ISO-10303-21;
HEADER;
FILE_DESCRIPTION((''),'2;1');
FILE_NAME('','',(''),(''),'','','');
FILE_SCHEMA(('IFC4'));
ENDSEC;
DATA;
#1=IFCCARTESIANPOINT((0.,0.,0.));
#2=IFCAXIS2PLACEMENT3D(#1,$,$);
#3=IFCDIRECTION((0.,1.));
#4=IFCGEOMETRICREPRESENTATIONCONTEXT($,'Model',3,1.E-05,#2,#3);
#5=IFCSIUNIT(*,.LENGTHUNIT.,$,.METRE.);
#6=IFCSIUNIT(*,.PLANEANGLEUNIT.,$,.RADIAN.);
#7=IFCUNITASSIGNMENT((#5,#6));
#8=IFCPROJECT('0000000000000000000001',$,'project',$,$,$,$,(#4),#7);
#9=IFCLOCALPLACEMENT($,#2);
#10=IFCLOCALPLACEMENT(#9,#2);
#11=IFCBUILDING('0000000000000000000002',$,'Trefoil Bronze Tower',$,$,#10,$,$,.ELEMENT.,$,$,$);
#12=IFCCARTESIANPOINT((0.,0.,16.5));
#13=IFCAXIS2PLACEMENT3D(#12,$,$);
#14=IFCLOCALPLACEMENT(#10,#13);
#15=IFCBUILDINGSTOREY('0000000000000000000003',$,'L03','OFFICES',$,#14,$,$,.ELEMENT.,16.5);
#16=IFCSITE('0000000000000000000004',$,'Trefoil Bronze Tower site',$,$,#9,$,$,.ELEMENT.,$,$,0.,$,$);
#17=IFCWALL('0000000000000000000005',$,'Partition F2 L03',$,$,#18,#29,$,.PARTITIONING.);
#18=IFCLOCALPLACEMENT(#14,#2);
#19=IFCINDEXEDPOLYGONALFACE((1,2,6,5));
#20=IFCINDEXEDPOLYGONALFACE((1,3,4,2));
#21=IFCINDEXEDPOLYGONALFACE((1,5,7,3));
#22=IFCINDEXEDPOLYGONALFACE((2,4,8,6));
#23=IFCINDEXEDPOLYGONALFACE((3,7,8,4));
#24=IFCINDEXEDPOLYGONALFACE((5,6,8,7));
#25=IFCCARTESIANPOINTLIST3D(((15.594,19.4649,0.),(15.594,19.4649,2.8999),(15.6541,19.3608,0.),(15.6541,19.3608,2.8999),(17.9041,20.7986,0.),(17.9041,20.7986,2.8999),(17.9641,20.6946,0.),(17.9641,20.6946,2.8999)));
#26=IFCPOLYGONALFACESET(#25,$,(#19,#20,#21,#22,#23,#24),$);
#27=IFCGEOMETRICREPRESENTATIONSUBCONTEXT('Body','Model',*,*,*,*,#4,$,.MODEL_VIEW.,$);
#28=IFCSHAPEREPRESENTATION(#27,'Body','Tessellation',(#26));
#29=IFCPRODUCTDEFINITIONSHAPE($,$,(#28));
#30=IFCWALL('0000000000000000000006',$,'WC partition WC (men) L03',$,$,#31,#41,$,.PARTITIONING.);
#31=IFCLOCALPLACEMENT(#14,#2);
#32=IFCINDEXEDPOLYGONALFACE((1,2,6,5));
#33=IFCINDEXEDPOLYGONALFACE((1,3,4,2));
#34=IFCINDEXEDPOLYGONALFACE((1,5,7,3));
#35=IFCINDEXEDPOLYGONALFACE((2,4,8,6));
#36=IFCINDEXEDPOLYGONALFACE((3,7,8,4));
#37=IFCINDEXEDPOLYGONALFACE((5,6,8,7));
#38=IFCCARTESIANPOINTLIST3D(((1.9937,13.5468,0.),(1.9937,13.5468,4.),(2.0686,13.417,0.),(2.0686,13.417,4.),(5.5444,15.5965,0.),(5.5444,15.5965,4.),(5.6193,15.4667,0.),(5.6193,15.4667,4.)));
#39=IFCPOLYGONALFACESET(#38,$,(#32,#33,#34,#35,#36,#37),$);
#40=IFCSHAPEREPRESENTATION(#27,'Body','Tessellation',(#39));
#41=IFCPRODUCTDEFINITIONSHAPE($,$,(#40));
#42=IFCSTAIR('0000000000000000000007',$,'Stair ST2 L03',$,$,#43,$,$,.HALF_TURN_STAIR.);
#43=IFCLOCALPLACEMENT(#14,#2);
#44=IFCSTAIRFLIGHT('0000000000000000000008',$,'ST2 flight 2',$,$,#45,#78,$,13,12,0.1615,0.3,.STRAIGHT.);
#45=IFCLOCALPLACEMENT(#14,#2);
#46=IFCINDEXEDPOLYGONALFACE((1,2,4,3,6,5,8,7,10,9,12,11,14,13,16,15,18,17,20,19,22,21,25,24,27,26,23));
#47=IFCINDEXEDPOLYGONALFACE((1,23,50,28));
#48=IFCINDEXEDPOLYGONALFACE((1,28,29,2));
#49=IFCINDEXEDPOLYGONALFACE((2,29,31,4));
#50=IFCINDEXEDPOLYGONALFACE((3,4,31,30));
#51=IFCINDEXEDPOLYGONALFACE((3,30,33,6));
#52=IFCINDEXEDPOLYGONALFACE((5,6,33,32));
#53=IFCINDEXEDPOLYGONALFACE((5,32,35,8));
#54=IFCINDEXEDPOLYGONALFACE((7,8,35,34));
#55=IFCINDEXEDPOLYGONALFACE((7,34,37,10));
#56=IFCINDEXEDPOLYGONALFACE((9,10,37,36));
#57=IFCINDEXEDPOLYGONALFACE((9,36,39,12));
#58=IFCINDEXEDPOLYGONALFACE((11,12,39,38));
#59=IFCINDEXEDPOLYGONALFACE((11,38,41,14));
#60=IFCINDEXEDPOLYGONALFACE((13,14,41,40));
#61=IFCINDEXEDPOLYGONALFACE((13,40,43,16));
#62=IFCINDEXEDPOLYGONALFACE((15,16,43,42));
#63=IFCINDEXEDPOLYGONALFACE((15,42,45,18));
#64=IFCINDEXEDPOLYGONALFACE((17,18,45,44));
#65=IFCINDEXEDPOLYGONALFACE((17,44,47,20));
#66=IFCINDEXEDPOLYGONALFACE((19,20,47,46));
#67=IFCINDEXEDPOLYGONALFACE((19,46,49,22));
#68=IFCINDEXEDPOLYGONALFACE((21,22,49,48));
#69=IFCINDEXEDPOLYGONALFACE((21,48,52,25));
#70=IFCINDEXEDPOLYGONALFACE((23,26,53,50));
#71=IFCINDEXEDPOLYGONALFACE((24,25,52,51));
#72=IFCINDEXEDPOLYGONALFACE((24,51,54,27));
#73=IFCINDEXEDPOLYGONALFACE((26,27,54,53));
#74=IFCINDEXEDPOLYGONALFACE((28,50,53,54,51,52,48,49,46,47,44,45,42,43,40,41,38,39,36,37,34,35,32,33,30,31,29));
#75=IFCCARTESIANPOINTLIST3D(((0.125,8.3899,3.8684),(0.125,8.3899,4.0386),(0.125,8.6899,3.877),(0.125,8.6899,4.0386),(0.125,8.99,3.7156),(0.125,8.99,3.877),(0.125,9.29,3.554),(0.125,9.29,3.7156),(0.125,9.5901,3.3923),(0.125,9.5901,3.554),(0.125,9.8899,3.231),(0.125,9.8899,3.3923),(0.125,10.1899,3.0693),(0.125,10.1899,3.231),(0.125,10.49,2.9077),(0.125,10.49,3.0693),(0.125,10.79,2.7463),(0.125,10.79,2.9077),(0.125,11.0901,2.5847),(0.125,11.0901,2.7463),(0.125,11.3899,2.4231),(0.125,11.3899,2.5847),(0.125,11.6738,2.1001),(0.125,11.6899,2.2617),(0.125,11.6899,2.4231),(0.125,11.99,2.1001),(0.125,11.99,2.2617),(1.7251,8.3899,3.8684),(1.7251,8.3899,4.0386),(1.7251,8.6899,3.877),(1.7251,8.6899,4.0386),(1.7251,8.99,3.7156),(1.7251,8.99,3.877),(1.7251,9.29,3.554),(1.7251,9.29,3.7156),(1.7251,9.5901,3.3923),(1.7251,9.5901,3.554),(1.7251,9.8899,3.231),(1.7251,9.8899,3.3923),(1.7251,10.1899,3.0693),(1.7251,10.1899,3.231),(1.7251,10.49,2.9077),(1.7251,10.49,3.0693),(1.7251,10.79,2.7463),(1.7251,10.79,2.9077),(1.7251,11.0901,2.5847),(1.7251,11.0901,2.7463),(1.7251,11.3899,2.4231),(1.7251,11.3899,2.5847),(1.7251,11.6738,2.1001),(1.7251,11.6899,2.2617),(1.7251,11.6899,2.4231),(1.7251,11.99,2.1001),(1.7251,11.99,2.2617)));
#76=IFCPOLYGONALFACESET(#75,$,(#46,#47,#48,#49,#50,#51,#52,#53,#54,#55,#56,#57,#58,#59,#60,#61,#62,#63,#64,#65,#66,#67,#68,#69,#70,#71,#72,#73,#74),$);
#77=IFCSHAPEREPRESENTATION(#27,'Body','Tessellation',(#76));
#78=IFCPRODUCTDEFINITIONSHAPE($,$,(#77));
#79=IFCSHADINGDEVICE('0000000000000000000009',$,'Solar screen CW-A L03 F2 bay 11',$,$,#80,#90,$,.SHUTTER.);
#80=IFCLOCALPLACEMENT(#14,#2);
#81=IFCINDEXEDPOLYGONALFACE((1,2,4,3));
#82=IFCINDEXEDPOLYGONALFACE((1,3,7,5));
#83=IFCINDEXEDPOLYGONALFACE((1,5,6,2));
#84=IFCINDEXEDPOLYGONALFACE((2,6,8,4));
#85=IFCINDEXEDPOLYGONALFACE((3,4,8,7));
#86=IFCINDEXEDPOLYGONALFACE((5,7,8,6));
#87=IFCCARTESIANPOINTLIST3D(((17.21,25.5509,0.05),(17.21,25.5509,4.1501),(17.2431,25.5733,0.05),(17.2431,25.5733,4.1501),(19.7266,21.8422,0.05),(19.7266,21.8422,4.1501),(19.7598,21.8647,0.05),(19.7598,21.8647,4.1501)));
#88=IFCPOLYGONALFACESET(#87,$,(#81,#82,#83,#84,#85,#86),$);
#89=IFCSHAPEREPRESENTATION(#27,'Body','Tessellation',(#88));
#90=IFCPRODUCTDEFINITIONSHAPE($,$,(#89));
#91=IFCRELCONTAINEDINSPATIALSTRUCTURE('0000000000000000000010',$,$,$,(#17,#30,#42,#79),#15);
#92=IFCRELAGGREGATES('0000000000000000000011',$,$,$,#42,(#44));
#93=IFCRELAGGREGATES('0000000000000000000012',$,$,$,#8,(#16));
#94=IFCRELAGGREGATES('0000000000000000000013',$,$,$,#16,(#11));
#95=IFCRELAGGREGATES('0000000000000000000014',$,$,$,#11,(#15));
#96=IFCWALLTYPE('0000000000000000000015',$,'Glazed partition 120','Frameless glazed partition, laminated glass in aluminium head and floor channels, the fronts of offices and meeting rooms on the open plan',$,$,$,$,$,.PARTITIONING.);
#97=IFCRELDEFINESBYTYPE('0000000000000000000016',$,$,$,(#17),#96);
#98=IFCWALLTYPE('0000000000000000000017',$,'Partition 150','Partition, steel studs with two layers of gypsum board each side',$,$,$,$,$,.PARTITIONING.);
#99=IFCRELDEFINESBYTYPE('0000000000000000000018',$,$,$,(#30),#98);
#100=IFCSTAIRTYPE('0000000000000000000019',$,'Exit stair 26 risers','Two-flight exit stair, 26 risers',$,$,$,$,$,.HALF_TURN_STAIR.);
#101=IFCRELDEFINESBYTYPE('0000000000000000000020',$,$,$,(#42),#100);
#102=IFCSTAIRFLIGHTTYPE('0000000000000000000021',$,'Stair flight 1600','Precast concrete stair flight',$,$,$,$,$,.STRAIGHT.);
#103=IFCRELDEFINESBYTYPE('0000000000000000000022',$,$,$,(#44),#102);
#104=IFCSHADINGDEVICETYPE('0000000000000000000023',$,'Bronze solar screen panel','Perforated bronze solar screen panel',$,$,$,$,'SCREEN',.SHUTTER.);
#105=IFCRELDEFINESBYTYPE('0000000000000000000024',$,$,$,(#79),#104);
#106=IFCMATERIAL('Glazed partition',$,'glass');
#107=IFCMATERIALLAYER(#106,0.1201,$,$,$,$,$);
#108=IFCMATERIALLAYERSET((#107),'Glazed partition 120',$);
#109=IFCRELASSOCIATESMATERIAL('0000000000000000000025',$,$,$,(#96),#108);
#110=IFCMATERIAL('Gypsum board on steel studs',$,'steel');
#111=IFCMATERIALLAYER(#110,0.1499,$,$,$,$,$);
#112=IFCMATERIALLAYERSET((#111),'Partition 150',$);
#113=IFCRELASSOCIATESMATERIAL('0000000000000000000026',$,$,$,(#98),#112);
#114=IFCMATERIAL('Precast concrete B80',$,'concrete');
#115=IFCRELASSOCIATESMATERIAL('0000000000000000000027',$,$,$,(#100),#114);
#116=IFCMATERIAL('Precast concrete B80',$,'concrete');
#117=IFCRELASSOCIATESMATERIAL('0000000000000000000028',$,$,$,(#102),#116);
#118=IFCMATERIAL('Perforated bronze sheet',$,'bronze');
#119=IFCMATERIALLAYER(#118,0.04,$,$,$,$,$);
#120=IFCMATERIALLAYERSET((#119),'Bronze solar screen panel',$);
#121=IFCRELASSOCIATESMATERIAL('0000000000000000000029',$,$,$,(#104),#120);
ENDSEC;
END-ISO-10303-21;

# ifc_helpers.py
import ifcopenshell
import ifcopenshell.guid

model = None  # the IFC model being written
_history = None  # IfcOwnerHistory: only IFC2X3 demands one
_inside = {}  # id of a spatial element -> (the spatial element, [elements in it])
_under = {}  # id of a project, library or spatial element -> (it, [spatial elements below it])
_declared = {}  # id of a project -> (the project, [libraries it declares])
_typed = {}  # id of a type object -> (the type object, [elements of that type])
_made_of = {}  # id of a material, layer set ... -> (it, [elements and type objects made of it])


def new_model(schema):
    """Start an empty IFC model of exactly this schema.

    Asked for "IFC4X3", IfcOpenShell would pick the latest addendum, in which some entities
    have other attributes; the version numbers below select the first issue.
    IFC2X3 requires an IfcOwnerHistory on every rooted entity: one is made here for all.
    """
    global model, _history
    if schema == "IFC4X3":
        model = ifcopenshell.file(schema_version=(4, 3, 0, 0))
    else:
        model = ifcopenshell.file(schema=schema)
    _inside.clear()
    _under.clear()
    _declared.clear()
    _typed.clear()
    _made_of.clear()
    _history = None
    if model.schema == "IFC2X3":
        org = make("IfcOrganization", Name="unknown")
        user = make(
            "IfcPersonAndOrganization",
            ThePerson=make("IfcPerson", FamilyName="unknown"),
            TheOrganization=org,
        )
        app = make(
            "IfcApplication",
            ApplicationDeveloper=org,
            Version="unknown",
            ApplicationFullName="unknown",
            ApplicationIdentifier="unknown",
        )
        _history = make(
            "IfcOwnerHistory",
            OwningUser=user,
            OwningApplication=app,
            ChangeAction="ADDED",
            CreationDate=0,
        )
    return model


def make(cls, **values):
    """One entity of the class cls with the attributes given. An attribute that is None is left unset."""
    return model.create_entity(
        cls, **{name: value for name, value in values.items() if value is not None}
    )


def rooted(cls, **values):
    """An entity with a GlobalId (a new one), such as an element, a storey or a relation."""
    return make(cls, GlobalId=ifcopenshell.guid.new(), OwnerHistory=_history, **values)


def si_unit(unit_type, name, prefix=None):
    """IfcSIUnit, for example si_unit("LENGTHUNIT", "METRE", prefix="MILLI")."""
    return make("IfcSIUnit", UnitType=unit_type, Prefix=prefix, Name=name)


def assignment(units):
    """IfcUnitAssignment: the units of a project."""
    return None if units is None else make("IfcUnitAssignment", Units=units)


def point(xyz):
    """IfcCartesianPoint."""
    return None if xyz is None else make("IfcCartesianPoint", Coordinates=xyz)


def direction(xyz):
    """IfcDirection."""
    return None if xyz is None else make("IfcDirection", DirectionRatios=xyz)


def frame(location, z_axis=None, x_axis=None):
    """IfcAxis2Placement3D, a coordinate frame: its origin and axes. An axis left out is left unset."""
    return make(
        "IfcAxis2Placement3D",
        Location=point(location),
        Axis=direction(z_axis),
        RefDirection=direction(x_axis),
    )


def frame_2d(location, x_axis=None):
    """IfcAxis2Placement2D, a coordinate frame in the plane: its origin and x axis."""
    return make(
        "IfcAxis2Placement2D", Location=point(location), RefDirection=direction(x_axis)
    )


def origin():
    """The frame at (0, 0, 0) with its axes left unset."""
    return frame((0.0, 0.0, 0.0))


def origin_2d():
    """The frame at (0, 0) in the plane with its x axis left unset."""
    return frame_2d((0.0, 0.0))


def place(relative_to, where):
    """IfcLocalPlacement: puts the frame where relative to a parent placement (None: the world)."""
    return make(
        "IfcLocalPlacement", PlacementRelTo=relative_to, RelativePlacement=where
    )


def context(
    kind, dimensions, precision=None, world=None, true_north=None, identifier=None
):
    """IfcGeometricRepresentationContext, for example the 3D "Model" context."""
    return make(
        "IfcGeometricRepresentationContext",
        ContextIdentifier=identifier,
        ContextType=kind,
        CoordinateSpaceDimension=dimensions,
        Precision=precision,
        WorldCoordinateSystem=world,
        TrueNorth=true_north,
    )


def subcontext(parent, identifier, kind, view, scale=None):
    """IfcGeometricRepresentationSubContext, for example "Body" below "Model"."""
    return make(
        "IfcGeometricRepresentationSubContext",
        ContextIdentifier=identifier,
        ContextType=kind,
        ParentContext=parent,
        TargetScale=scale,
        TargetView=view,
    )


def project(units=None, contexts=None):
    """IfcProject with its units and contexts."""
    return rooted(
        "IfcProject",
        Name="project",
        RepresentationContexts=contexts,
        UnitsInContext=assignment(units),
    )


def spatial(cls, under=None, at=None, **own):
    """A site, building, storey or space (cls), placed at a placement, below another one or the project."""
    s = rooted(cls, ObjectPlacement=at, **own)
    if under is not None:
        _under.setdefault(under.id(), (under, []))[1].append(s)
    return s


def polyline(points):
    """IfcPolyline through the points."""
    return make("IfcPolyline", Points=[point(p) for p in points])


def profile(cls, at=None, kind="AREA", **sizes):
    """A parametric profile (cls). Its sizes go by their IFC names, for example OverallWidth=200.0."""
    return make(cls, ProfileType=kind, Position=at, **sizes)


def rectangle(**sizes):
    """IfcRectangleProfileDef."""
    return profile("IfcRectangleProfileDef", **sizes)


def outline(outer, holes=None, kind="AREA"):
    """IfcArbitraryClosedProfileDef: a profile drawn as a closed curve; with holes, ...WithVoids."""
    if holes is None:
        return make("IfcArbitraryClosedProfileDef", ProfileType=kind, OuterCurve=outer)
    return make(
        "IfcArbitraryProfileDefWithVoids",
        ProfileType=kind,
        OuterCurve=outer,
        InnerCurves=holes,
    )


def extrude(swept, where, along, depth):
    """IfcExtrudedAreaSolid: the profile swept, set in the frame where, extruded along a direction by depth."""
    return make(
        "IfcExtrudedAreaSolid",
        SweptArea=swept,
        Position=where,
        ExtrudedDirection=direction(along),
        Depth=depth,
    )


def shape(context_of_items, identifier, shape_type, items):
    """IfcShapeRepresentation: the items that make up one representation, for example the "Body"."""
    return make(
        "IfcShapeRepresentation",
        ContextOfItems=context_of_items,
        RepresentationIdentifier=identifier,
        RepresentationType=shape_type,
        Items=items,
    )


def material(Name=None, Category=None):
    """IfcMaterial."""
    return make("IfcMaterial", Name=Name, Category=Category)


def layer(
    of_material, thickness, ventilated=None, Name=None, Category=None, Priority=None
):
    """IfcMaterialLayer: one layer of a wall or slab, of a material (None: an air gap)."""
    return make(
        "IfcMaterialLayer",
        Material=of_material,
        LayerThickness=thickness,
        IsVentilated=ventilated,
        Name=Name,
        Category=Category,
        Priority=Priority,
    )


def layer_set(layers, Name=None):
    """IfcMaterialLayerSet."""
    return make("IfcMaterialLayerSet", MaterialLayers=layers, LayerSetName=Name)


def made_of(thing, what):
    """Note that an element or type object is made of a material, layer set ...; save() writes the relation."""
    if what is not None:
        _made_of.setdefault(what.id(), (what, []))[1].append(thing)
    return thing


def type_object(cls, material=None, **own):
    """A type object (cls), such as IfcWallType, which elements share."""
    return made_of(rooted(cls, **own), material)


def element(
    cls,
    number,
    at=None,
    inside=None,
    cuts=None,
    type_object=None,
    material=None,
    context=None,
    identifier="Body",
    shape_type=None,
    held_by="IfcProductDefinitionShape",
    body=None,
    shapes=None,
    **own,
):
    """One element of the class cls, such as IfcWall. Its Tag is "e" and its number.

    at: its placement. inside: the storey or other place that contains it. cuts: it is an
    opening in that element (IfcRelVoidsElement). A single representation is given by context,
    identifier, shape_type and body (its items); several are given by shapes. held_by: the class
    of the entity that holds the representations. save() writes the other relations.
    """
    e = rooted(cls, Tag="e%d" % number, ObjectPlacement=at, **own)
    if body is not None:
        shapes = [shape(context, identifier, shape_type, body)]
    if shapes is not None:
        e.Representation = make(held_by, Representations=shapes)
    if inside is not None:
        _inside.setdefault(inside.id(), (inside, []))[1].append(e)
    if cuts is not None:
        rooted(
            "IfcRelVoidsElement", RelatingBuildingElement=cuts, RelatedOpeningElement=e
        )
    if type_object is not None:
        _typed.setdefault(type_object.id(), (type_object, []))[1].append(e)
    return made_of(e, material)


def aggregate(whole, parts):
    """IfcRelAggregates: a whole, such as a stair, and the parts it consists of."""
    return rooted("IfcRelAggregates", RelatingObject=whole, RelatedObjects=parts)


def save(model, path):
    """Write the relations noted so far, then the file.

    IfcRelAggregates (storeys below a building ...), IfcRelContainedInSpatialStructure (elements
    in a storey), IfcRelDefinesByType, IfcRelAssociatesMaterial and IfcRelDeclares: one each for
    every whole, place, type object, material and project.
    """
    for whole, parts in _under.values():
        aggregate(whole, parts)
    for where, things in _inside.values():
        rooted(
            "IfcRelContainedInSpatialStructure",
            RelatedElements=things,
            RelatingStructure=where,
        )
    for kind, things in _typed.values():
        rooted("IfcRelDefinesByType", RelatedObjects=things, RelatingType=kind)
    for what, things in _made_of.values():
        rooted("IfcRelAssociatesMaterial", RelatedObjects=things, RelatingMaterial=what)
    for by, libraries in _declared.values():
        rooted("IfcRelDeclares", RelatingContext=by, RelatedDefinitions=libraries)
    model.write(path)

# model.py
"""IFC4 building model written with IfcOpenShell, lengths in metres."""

from ifc_helpers import new_model, si_unit, direction, frame, frame_2d, origin, origin_2d, place, context, subcontext, project, spatial, polyline, rectangle, outline, extrude, material, layer, layer_set, type_object, element, aggregate, save


model = new_model("IFC4")

# Units and contexts
model_context = context("Model", 3, precision=1e-05, world=origin(), true_north=direction((0.0, 1.0)))
body_context = subcontext(model_context, "Body", "Model", "MODEL_VIEW")
ifc_project = project(units=[si_unit("LENGTHUNIT", "METRE"), si_unit("PLANEANGLEUNIT", "RADIAN")], contexts=[model_context])

# Site, building, storey
site_placement = place(None, origin())
site = spatial("IfcSite", under=ifc_project, at=site_placement, Name="Trefoil Bronze Tower site", CompositionType="ELEMENT", RefElevation=0.0)
building_placement = place(site_placement, origin())
building = spatial("IfcBuilding", under=site, at=building_placement, Name="Trefoil Bronze Tower", CompositionType="ELEMENT")
storey_placement = place(building_placement, frame((0.0, 0.0, 16.5)))
storey = spatial("IfcBuildingStorey", under=building, at=storey_placement, Name="L03", Description="OFFICES", CompositionType="ELEMENT", Elevation=16.5)

# Shared definitions
ifc_material_1 = material(Name="Glazed partition", Category="glass")
ifc_layer_1 = layer(ifc_material_1, 0.1201)
ifc_layer_set_1 = layer_set([ifc_layer_1], Name="Glazed partition 120")
wall_type_1 = type_object("IfcWallType", Name="Glazed partition 120", Description="Frameless glazed partition, laminated glass in aluminium head and floor channels, the fronts of offices and meeting rooms on the open plan", PredefinedType="PARTITIONING", material=ifc_layer_set_1)

# Walls
wall_1_placement = place(storey_placement, frame((15.624, 19.4128, 0.0), z_axis=(0.0, 0.0, 1.0), x_axis=(0.866021, 0.500008, 0.0)))
element("IfcWall", 1, at=wall_1_placement, inside=storey, type_object=wall_type_1, Name="Partition F2 L03", PredefinedType="PARTITIONING", context=body_context, shape_type="SweptSolid", body=[
    extrude(rectangle(XDim=2.6675, YDim=0.1201, at=frame_2d((1.3337, 0.0))), origin(), (0.0, 0.0, 1.0), 2.8999),
])
ifc_material_2 = material(Name="Gypsum board on steel studs", Category="steel")
ifc_layer_2 = layer(ifc_material_2, 0.1499)
ifc_layer_set_2 = layer_set([ifc_layer_2], Name="Partition 150")
wall_type_2 = type_object("IfcWallType", Name="Partition 150", Description="Partition, steel studs with two layers of gypsum board each side", PredefinedType="PARTITIONING", material=ifc_layer_set_2)
wall_2_placement = place(storey_placement, frame((2.0312, 13.4819, 0.0), z_axis=(0.0, 0.0, 1.0), x_axis=(0.866051, 0.499956, 0.0)))
element("IfcWall", 2, at=wall_2_placement, inside=storey, type_object=wall_type_2, Name="WC partition WC (men) L03", PredefinedType="PARTITIONING", context=body_context, shape_type="SweptSolid", body=[
    extrude(rectangle(XDim=4.0999, YDim=0.1499, at=frame_2d((2.0498, 0.0))), origin(), (0.0, 0.0, 1.0), 4.0),
])

# Stair, stair flight
ifc_material_3 = material(Name="Precast concrete B80", Category="concrete")
stair_type = type_object("IfcStairType", Name="Exit stair 26 risers", Description="Two-flight exit stair, 26 risers", PredefinedType="HALF_TURN_STAIR", material=ifc_material_3)
stair_placement = place(storey_placement, origin())
stair = element("IfcStair", 3, at=stair_placement, inside=storey, type_object=stair_type, Name="Stair ST2 L03", PredefinedType="HALF_TURN_STAIR")
ifc_material_4 = material(Name="Precast concrete B80", Category="concrete")
stair_flight_type = type_object("IfcStairFlightType", Name="Stair flight 1600", Description="Precast concrete stair flight", PredefinedType="STRAIGHT", material=ifc_material_4)
stair_flight_placement = place(storey_placement, frame((0.925, 11.99, 2.1001), z_axis=(0.0, 0.0, 1.0), x_axis=(0.0, -1.0, 0.0)))
stair_flight = element("IfcStairFlight", 4, at=stair_flight_placement, type_object=stair_flight_type, Name="ST2 flight 2", NumberOfRisers=13, NumberOfTreads=12, PredefinedType="STRAIGHT", RiserHeight=0.1615, TreadLength=0.3, context=body_context, shape_type="SweptSolid", body=[
    extrude(outline(polyline([(0.0, 0.0), (0.0, 0.1616), (0.3, 0.1616), (0.3, 0.323), (0.6001, 0.323), (0.6001, 0.4846), (0.8999, 0.4846), (0.8999, 0.6462), (1.2, 0.6462), (1.2, 0.8076), (1.5, 0.8076), (1.5, 0.9692), (1.8, 0.9692), (1.8, 1.1309), (2.1001, 1.1309), (2.1001, 1.2922), (2.3999, 1.2922), (2.3999, 1.4539), (2.7, 1.4539), (2.7, 1.6155), (3.0, 1.6155), (3.0, 1.7769), (3.3, 1.7769), (3.3, 1.9385), (3.6001, 1.9385), (3.6001, 2.1001), (3.6001, 1.7683), (0.3162, 0.0), (0.0, 0.0)])), frame((0.0, 0.8, 0.0), z_axis=(0.0, -1.0, 0.0), x_axis=(1.0, 0.0, 0.0)), (0.0, 0.0, 1.0), 1.6001),
])
aggregate(stair, [stair_flight])

# Shading device
ifc_material_5 = material(Name="Perforated bronze sheet", Category="bronze")
ifc_layer_3 = layer(ifc_material_5, 0.04)
ifc_layer_set_3 = layer_set([ifc_layer_3], Name="Bronze solar screen panel")
shading_device_type = type_object("IfcShadingDeviceType", Name="Bronze solar screen panel", Description="Perforated bronze solar screen panel", ElementType="SCREEN", PredefinedType="SHUTTER", material=ifc_layer_set_3)
shading_device_placement = place(storey_placement, frame((18.4849, 23.7078, 0.05), z_axis=(0.0, 0.0, 1.0), x_axis=(-0.56151, 0.82747, 0.0)))
element("IfcShadingDevice", 5, at=shading_device_placement, inside=storey, type_object=shading_device_type, Name="Solar screen CW-A L03 F2 bay 11", PredefinedType="SHUTTER", context=body_context, shape_type="SweptSolid", body=[
    extrude(rectangle(XDim=4.4819, YDim=0.04, at=origin_2d()), origin(), (0.0, 0.0, 1.0), 4.1001),
])

save(model, "model.ifc")
